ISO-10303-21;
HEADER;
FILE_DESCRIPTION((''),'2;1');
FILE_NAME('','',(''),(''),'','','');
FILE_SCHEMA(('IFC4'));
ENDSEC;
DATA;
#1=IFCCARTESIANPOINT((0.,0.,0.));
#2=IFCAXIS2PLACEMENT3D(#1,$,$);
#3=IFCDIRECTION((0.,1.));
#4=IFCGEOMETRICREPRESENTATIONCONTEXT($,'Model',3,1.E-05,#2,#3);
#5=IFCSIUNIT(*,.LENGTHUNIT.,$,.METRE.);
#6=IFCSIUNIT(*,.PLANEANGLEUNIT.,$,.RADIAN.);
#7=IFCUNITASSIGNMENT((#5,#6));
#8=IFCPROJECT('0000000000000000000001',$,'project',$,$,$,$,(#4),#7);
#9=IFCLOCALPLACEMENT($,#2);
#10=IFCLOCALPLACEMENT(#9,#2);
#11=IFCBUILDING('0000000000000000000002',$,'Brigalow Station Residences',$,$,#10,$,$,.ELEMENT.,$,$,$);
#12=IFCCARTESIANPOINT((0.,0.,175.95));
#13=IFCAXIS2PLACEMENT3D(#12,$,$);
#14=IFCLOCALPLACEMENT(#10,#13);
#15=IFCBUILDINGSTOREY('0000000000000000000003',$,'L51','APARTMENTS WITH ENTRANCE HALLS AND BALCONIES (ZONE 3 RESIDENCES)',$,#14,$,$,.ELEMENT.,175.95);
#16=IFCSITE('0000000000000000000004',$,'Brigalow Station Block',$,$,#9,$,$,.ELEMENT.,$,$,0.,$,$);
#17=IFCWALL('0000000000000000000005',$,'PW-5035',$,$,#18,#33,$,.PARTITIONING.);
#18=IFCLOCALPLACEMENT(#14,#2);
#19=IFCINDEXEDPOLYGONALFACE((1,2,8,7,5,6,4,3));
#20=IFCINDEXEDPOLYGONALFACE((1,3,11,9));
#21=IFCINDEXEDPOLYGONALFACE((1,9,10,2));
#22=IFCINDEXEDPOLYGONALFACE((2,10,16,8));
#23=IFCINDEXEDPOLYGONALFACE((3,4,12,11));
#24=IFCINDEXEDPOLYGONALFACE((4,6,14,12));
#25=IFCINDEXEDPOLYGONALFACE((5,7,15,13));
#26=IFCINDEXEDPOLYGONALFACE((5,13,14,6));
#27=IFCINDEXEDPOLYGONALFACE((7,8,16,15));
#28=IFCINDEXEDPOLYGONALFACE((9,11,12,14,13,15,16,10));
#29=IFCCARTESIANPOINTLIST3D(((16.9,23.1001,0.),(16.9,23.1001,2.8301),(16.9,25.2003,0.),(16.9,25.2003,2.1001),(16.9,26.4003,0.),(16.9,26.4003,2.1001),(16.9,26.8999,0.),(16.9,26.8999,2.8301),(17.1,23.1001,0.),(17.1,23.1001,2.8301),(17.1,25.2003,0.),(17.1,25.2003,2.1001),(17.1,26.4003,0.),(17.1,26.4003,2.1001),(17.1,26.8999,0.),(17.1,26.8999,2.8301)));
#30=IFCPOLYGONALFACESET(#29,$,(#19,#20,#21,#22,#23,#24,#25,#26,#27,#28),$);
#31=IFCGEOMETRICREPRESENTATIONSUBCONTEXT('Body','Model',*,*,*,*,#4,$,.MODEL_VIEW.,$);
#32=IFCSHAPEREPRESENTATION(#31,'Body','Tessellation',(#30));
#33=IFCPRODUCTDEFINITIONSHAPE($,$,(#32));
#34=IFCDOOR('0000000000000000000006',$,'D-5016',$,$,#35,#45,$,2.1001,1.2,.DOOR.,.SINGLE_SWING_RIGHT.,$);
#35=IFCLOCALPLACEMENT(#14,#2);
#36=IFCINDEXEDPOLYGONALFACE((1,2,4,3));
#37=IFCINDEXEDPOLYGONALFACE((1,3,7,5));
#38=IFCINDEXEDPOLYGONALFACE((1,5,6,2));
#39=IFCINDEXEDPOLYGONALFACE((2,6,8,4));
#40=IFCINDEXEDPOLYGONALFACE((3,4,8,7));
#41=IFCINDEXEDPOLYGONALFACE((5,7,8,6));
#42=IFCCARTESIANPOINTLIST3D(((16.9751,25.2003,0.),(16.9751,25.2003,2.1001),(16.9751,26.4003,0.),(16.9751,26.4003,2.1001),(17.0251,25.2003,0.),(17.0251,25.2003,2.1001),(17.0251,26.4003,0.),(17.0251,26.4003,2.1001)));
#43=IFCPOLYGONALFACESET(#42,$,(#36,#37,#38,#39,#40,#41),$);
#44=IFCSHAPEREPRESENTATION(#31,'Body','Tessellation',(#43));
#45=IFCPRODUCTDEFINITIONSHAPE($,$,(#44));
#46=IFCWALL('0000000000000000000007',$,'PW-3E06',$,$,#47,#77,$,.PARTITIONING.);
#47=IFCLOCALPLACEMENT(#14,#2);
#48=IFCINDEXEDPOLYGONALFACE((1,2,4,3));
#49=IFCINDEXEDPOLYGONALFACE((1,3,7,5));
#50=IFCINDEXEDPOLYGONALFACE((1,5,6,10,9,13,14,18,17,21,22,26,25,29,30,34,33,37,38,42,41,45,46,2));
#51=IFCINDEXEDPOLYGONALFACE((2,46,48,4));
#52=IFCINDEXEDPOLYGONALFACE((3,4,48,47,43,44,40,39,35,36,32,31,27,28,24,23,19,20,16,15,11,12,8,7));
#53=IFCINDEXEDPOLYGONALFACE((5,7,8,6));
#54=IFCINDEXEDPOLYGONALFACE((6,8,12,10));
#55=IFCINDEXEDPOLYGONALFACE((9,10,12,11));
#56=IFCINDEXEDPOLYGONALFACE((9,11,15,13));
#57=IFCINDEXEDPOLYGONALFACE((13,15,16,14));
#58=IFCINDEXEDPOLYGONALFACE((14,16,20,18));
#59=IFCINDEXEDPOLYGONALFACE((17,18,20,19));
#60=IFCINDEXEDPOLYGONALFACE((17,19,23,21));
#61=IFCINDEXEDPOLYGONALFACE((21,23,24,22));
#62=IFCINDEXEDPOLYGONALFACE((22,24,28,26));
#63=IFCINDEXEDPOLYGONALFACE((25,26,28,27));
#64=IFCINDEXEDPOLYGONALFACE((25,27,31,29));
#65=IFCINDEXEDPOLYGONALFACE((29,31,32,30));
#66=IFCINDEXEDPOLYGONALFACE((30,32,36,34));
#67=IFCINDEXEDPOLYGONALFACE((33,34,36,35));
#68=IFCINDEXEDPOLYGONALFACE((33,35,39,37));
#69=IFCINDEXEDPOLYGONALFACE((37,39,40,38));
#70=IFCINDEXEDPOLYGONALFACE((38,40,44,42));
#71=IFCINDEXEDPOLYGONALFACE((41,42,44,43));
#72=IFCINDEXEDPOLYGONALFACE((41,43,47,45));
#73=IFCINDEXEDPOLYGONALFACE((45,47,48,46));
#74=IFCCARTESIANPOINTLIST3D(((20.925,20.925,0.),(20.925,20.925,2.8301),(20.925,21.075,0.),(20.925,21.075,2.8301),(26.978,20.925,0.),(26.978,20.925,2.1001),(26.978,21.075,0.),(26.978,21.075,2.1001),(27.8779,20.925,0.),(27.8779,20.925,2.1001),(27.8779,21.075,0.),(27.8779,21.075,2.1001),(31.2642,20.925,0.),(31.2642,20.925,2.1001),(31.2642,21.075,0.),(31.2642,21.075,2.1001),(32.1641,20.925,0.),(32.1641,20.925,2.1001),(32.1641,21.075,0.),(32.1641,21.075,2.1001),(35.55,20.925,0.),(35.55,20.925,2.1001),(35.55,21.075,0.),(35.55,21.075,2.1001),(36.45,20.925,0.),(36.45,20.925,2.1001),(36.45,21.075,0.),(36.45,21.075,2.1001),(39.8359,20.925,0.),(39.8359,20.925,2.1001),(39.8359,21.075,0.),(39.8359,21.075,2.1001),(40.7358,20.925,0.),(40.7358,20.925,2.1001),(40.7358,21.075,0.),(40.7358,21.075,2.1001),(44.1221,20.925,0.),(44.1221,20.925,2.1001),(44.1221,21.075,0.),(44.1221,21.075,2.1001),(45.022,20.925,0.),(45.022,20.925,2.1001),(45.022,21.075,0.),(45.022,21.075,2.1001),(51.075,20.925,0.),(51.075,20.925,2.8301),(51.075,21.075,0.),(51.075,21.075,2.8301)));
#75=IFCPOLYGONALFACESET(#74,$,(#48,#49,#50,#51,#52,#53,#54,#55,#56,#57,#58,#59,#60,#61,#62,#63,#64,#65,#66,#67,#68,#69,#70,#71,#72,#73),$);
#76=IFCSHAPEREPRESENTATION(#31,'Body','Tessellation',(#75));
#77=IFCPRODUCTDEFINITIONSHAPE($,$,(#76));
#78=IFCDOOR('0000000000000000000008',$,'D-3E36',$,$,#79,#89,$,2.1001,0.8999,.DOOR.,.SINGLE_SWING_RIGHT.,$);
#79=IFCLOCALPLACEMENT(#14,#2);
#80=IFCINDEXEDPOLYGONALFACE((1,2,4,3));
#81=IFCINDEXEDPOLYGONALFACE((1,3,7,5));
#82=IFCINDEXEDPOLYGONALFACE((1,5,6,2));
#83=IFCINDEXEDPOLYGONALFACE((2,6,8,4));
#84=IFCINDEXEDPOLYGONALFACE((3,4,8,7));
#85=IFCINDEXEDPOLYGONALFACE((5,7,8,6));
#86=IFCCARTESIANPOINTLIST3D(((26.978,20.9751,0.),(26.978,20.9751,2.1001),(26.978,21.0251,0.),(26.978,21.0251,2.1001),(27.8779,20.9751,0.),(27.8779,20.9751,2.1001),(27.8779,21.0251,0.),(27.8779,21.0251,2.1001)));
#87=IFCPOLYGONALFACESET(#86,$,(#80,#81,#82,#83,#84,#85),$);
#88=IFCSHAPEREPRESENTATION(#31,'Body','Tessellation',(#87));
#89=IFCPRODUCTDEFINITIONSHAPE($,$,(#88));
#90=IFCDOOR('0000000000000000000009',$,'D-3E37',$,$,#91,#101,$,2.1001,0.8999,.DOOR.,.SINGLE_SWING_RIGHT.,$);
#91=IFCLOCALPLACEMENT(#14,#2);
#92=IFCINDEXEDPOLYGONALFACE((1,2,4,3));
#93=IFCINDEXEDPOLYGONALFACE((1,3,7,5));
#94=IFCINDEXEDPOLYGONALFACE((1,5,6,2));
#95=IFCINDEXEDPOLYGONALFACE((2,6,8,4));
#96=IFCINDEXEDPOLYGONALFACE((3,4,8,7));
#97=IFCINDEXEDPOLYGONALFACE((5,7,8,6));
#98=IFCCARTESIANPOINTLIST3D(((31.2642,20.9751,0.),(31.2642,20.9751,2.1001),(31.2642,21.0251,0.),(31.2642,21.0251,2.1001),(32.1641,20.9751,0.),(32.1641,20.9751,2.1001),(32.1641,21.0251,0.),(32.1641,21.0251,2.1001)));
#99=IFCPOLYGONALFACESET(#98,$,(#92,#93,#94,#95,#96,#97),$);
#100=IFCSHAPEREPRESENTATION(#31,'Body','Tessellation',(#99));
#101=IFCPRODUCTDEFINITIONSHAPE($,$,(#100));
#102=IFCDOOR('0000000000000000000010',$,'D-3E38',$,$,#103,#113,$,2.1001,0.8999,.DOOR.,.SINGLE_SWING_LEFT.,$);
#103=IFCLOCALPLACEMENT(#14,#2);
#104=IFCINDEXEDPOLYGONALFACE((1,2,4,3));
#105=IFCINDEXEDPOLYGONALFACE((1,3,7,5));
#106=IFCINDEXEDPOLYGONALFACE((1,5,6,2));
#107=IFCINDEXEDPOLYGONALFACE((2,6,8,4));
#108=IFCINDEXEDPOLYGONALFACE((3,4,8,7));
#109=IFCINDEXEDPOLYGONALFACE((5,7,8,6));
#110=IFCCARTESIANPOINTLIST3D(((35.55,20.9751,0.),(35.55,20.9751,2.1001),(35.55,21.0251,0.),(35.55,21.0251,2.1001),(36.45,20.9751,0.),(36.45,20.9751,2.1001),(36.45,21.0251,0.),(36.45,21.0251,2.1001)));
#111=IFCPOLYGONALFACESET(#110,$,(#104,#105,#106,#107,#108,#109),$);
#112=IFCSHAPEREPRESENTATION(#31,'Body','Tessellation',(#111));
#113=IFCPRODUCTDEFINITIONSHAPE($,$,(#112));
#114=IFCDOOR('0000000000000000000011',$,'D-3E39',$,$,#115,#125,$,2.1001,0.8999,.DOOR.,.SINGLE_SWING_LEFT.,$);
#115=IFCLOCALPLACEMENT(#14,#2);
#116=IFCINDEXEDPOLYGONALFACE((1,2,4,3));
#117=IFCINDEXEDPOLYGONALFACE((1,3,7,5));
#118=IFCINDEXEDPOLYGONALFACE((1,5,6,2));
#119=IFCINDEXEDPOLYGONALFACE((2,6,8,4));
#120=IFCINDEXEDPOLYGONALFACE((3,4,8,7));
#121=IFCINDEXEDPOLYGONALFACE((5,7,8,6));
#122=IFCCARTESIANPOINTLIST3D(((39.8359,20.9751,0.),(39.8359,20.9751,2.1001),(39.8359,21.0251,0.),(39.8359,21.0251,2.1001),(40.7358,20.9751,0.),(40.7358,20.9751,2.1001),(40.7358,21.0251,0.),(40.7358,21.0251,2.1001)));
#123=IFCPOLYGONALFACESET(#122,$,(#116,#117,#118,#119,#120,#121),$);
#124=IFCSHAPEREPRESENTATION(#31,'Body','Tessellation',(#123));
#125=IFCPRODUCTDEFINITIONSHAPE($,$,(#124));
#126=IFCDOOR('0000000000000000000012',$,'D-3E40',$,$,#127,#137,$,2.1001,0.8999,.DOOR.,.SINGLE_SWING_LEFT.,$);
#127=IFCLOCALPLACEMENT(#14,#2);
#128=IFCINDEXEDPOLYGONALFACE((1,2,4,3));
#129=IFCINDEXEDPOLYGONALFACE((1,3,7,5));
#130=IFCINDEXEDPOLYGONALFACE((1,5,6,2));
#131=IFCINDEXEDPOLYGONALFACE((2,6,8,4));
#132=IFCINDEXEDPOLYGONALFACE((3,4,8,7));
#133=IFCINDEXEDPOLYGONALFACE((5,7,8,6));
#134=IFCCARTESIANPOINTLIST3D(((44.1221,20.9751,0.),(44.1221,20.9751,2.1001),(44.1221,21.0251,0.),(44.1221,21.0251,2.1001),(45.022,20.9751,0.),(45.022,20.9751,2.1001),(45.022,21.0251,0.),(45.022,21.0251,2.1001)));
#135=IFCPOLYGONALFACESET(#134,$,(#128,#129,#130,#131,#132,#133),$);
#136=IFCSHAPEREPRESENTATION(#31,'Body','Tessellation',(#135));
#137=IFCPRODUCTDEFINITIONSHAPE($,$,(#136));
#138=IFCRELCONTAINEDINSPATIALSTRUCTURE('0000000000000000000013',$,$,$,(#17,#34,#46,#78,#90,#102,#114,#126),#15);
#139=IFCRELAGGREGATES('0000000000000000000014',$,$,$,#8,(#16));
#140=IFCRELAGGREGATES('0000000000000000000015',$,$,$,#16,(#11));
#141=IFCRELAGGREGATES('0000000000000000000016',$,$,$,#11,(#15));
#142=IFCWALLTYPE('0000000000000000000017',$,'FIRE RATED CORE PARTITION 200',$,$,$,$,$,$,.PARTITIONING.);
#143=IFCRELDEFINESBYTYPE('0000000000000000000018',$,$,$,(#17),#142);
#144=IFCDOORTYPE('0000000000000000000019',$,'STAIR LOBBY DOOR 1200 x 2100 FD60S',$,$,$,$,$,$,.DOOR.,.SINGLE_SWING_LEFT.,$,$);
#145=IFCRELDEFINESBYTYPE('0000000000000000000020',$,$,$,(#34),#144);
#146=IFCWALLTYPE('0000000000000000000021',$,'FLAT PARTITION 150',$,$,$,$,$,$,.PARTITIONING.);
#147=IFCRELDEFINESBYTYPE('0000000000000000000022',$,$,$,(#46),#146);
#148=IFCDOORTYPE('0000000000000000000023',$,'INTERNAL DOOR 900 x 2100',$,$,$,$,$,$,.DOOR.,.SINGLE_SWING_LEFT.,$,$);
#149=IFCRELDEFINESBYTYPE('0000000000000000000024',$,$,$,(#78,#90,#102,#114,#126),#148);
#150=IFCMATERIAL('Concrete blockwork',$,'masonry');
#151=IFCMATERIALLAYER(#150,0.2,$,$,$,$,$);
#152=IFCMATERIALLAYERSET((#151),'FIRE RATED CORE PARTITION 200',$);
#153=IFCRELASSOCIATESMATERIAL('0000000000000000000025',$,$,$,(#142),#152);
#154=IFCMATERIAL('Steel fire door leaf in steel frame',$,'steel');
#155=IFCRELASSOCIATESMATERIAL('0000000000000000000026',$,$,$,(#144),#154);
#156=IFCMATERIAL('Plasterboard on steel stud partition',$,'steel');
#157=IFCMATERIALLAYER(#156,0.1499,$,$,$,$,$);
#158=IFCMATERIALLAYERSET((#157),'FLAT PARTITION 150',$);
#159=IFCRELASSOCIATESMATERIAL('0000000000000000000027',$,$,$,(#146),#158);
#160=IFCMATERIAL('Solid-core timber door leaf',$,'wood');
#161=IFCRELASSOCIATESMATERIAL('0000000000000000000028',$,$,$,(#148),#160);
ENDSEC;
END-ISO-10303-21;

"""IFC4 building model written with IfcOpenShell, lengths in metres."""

from ifc_helpers import new_model, si_unit, direction, frame, frame_2d, origin, place, context, subcontext, project, spatial, rectangle, extrude, material, layer, layer_set, type_object, element, fill, save


model = new_model("IFC4")

# Units and contexts
model_context = context("Model", 3, precision=1e-05, world=origin(), true_north=direction((0.0, 1.0)))
body_context = subcontext(model_context, "Body", "Model", "MODEL_VIEW")
ifc_project = project(units=[si_unit("LENGTHUNIT", "METRE"), si_unit("PLANEANGLEUNIT", "RADIAN")], contexts=[model_context])

# Site, building, storey
site_placement = place(None, origin())
site = spatial("IfcSite", under=ifc_project, at=site_placement, Name="Brigalow Station Block", CompositionType="ELEMENT", RefElevation=0.0)
building_placement = place(site_placement, origin())
building = spatial("IfcBuilding", under=site, at=building_placement, Name="Brigalow Station Residences", CompositionType="ELEMENT")
storey_placement = place(building_placement, frame((0.0, 0.0, 175.95)))
storey = spatial("IfcBuildingStorey", under=building, at=storey_placement, Name="L51", Description="APARTMENTS WITH ENTRANCE HALLS AND BALCONIES (ZONE 3 RESIDENCES)", CompositionType="ELEMENT", Elevation=175.95)

# Wall, opening, door
ifc_material_1 = material(Name="Concrete blockwork", Category="masonry")
ifc_layer_1 = layer(ifc_material_1, 0.2)
ifc_layer_set_1 = layer_set([ifc_layer_1], Name="FIRE RATED CORE PARTITION 200")
wall_type_1 = type_object("IfcWallType", Name="FIRE RATED CORE PARTITION 200", PredefinedType="PARTITIONING", material=ifc_layer_set_1)
wall_1_placement = place(storey_placement, frame((17.0, 23.1001, 0.0), z_axis=(0.0, 0.0, 1.0), x_axis=(0.0, 1.0, 0.0)))
wall_1 = element("IfcWall", 1, at=wall_1_placement, inside=storey, type_object=wall_type_1, Name="PW-5035", PredefinedType="PARTITIONING", context=body_context, shape_type="SweptSolid", body=[
    extrude(rectangle(XDim=3.7998, YDim=0.2, at=frame_2d((1.8999, 0.0))), origin(), (0.0, 0.0, 1.0), 2.8301),
])
opening_1_placement = place(wall_1_placement, frame((2.1001, 0.0, 0.0)))
opening_1 = element("IfcOpeningElement", 2, at=opening_1_placement, cuts=wall_1, PredefinedType="OPENING", context=body_context, shape_type="SweptSolid", body=[
    extrude(rectangle(XDim=1.2, YDim=2.1001, at=frame_2d((0.6001, 1.05))), frame((0.0, 0.1099, 0.0), z_axis=(0.0, -1.0, 0.0), x_axis=(1.0, 0.0, 0.0)), (0.0, 0.0, 1.0), 0.22),
])
ifc_material_2 = material(Name="Steel fire door leaf in steel frame", Category="steel")
door_type_1 = type_object("IfcDoorType", Name="STAIR LOBBY DOOR 1200 x 2100 FD60S", OperationType="SINGLE_SWING_LEFT", PredefinedType="DOOR", material=ifc_material_2)
door_1_placement = place(opening_1_placement, origin())
door_1 = element("IfcDoor", 3, at=door_1_placement, inside=storey, type_object=door_type_1, Name="D-5016", OperationType="SINGLE_SWING_RIGHT", OverallHeight=2.1001, OverallWidth=1.2, PredefinedType="DOOR", context=body_context, shape_type="SweptSolid", body=[
    extrude(rectangle(XDim=1.2, YDim=2.1001, at=frame_2d((0.6001, 1.05))), frame((0.0, 0.0249, 0.0), z_axis=(0.0, -1.0, 0.0), x_axis=(1.0, 0.0, 0.0)), (0.0, 0.0, 1.0), 0.05),
])
fill(opening_1, door_1)

# Wall, openings, doors
ifc_material_3 = material(Name="Plasterboard on steel stud partition", Category="steel")
ifc_layer_2 = layer(ifc_material_3, 0.1499)
ifc_layer_set_2 = layer_set([ifc_layer_2], Name="FLAT PARTITION 150")
wall_type_2 = type_object("IfcWallType", Name="FLAT PARTITION 150", PredefinedType="PARTITIONING", material=ifc_layer_set_2)
wall_2_placement = place(storey_placement, frame((20.925, 21.0, 0.0), z_axis=(0.0, 0.0, 1.0), x_axis=(1.0, 0.0, 0.0)))
wall_2 = element("IfcWall", 4, at=wall_2_placement, inside=storey, type_object=wall_type_2, Name="PW-3E06", PredefinedType="PARTITIONING", context=body_context, shape_type="SweptSolid", body=[
    extrude(rectangle(XDim=30.1499, YDim=0.1499, at=frame_2d((15.075, 0.0))), origin(), (0.0, 0.0, 1.0), 2.8301),
])
opening_2_placement = place(wall_2_placement, frame((6.053, 0.0, 0.0)))
opening_2 = element("IfcOpeningElement", 5, at=opening_2_placement, cuts=wall_2, PredefinedType="OPENING", context=body_context, shape_type="SweptSolid", body=[
    extrude(rectangle(XDim=0.8999, YDim=2.1001, at=frame_2d((0.45, 1.05))), frame((0.0, 0.085, 0.0), z_axis=(0.0, -1.0, 0.0), x_axis=(1.0, 0.0, 0.0)), (0.0, 0.0, 1.0), 0.1699),
])
opening_3_placement = place(wall_2_placement, frame((10.3391, 0.0, 0.0)))
opening_3 = element("IfcOpeningElement", 6, at=opening_3_placement, cuts=wall_2, PredefinedType="OPENING", context=body_context, shape_type="SweptSolid", body=[
    extrude(rectangle(XDim=0.8999, YDim=2.1001, at=frame_2d((0.45, 1.05))), frame((0.0, 0.085, 0.0), z_axis=(0.0, -1.0, 0.0), x_axis=(1.0, 0.0, 0.0)), (0.0, 0.0, 1.0), 0.1699),
])
opening_4_placement = place(wall_2_placement, frame((14.625, 0.0, 0.0)))
opening_4 = element("IfcOpeningElement", 7, at=opening_4_placement, cuts=wall_2, PredefinedType="OPENING", context=body_context, shape_type="SweptSolid", body=[
    extrude(rectangle(XDim=0.8999, YDim=2.1001, at=frame_2d((0.45, 1.05))), frame((0.0, 0.085, 0.0), z_axis=(0.0, -1.0, 0.0), x_axis=(1.0, 0.0, 0.0)), (0.0, 0.0, 1.0), 0.1699),
])
opening_5_placement = place(wall_2_placement, frame((18.9109, 0.0, 0.0)))
opening_5 = element("IfcOpeningElement", 8, at=opening_5_placement, cuts=wall_2, PredefinedType="OPENING", context=body_context, shape_type="SweptSolid", body=[
    extrude(rectangle(XDim=0.8999, YDim=2.1001, at=frame_2d((0.45, 1.05))), frame((0.0, 0.085, 0.0), z_axis=(0.0, -1.0, 0.0), x_axis=(1.0, 0.0, 0.0)), (0.0, 0.0, 1.0), 0.1699),
])
opening_6_placement = place(wall_2_placement, frame((23.197, 0.0, 0.0)))
opening_6 = element("IfcOpeningElement", 9, at=opening_6_placement, cuts=wall_2, PredefinedType="OPENING", context=body_context, shape_type="SweptSolid", body=[
    extrude(rectangle(XDim=0.8999, YDim=2.1001, at=frame_2d((0.45, 1.05))), frame((0.0, 0.085, 0.0), z_axis=(0.0, -1.0, 0.0), x_axis=(1.0, 0.0, 0.0)), (0.0, 0.0, 1.0), 0.1699),
])
ifc_material_4 = material(Name="Solid-core timber door leaf", Category="wood")
door_type_2 = type_object("IfcDoorType", Name="INTERNAL DOOR 900 x 2100", OperationType="SINGLE_SWING_LEFT", PredefinedType="DOOR", material=ifc_material_4)
door_2_placement = place(opening_2_placement, frame((0.8999, 0.0, 0.0), z_axis=(0.0, 0.0, 1.0), x_axis=(-1.0, 0.0, 0.0)))
door_2 = element("IfcDoor", 10, at=door_2_placement, inside=storey, type_object=door_type_2, Name="D-3E36", OperationType="SINGLE_SWING_RIGHT", OverallHeight=2.1001, OverallWidth=0.8999, PredefinedType="DOOR", context=body_context, shape_type="SweptSolid", body=[
    extrude(rectangle(XDim=0.8999, YDim=2.1001, at=frame_2d((0.45, 1.05))), frame((0.0, 0.0249, 0.0), z_axis=(0.0, -1.0, 0.0), x_axis=(1.0, 0.0, 0.0)), (0.0, 0.0, 1.0), 0.05),
])
fill(opening_2, door_2)
door_3_placement = place(opening_3_placement, frame((0.8999, 0.0, 0.0), z_axis=(0.0, 0.0, 1.0), x_axis=(-1.0, 0.0, 0.0)))
door_3 = element("IfcDoor", 11, at=door_3_placement, inside=storey, type_object=door_type_2, Name="D-3E37", OperationType="SINGLE_SWING_RIGHT", OverallHeight=2.1001, OverallWidth=0.8999, PredefinedType="DOOR", context=body_context, shape_type="SweptSolid", body=[
    extrude(rectangle(XDim=0.8999, YDim=2.1001, at=frame_2d((0.45, 1.05))), frame((0.0, 0.0249, 0.0), z_axis=(0.0, -1.0, 0.0), x_axis=(1.0, 0.0, 0.0)), (0.0, 0.0, 1.0), 0.05),
])
fill(opening_3, door_3)
door_4_placement = place(opening_4_placement, frame((0.8999, 0.0, 0.0), z_axis=(0.0, 0.0, 1.0), x_axis=(-1.0, 0.0, 0.0)))
door_4 = element("IfcDoor", 12, at=door_4_placement, inside=storey, type_object=door_type_2, Name="D-3E38", OperationType="SINGLE_SWING_LEFT", OverallHeight=2.1001, OverallWidth=0.8999, PredefinedType="DOOR", context=body_context, shape_type="SweptSolid", body=[
    extrude(rectangle(XDim=0.8999, YDim=2.1001, at=frame_2d((0.45, 1.05))), frame((0.0, 0.0249, 0.0), z_axis=(0.0, -1.0, 0.0), x_axis=(1.0, 0.0, 0.0)), (0.0, 0.0, 1.0), 0.05),
])
fill(opening_4, door_4)
door_5_placement = place(opening_5_placement, frame((0.8999, 0.0, 0.0), z_axis=(0.0, 0.0, 1.0), x_axis=(-1.0, 0.0, 0.0)))
door_5 = element("IfcDoor", 13, at=door_5_placement, inside=storey, type_object=door_type_2, Name="D-3E39", OperationType="SINGLE_SWING_LEFT", OverallHeight=2.1001, OverallWidth=0.8999, PredefinedType="DOOR", context=body_context, shape_type="SweptSolid", body=[
    extrude(rectangle(XDim=0.8999, YDim=2.1001, at=frame_2d((0.45, 1.05))), frame((0.0, 0.0249, 0.0), z_axis=(0.0, -1.0, 0.0), x_axis=(1.0, 0.0, 0.0)), (0.0, 0.0, 1.0), 0.05),
])
fill(opening_5, door_5)
door_6_placement = place(opening_6_placement, frame((0.8999, 0.0, 0.0), z_axis=(0.0, 0.0, 1.0), x_axis=(-1.0, 0.0, 0.0)))
door_6 = element("IfcDoor", 14, at=door_6_placement, inside=storey, type_object=door_type_2, Name="D-3E40", OperationType="SINGLE_SWING_LEFT", OverallHeight=2.1001, OverallWidth=0.8999, PredefinedType="DOOR", context=body_context, shape_type="SweptSolid", body=[
    extrude(rectangle(XDim=0.8999, YDim=2.1001, at=frame_2d((0.45, 1.05))), frame((0.0, 0.0249, 0.0), z_axis=(0.0, -1.0, 0.0), x_axis=(1.0, 0.0, 0.0)), (0.0, 0.0, 1.0), 0.05),
])
fill(opening_6, door_6)

save(model, "model.ifc")
